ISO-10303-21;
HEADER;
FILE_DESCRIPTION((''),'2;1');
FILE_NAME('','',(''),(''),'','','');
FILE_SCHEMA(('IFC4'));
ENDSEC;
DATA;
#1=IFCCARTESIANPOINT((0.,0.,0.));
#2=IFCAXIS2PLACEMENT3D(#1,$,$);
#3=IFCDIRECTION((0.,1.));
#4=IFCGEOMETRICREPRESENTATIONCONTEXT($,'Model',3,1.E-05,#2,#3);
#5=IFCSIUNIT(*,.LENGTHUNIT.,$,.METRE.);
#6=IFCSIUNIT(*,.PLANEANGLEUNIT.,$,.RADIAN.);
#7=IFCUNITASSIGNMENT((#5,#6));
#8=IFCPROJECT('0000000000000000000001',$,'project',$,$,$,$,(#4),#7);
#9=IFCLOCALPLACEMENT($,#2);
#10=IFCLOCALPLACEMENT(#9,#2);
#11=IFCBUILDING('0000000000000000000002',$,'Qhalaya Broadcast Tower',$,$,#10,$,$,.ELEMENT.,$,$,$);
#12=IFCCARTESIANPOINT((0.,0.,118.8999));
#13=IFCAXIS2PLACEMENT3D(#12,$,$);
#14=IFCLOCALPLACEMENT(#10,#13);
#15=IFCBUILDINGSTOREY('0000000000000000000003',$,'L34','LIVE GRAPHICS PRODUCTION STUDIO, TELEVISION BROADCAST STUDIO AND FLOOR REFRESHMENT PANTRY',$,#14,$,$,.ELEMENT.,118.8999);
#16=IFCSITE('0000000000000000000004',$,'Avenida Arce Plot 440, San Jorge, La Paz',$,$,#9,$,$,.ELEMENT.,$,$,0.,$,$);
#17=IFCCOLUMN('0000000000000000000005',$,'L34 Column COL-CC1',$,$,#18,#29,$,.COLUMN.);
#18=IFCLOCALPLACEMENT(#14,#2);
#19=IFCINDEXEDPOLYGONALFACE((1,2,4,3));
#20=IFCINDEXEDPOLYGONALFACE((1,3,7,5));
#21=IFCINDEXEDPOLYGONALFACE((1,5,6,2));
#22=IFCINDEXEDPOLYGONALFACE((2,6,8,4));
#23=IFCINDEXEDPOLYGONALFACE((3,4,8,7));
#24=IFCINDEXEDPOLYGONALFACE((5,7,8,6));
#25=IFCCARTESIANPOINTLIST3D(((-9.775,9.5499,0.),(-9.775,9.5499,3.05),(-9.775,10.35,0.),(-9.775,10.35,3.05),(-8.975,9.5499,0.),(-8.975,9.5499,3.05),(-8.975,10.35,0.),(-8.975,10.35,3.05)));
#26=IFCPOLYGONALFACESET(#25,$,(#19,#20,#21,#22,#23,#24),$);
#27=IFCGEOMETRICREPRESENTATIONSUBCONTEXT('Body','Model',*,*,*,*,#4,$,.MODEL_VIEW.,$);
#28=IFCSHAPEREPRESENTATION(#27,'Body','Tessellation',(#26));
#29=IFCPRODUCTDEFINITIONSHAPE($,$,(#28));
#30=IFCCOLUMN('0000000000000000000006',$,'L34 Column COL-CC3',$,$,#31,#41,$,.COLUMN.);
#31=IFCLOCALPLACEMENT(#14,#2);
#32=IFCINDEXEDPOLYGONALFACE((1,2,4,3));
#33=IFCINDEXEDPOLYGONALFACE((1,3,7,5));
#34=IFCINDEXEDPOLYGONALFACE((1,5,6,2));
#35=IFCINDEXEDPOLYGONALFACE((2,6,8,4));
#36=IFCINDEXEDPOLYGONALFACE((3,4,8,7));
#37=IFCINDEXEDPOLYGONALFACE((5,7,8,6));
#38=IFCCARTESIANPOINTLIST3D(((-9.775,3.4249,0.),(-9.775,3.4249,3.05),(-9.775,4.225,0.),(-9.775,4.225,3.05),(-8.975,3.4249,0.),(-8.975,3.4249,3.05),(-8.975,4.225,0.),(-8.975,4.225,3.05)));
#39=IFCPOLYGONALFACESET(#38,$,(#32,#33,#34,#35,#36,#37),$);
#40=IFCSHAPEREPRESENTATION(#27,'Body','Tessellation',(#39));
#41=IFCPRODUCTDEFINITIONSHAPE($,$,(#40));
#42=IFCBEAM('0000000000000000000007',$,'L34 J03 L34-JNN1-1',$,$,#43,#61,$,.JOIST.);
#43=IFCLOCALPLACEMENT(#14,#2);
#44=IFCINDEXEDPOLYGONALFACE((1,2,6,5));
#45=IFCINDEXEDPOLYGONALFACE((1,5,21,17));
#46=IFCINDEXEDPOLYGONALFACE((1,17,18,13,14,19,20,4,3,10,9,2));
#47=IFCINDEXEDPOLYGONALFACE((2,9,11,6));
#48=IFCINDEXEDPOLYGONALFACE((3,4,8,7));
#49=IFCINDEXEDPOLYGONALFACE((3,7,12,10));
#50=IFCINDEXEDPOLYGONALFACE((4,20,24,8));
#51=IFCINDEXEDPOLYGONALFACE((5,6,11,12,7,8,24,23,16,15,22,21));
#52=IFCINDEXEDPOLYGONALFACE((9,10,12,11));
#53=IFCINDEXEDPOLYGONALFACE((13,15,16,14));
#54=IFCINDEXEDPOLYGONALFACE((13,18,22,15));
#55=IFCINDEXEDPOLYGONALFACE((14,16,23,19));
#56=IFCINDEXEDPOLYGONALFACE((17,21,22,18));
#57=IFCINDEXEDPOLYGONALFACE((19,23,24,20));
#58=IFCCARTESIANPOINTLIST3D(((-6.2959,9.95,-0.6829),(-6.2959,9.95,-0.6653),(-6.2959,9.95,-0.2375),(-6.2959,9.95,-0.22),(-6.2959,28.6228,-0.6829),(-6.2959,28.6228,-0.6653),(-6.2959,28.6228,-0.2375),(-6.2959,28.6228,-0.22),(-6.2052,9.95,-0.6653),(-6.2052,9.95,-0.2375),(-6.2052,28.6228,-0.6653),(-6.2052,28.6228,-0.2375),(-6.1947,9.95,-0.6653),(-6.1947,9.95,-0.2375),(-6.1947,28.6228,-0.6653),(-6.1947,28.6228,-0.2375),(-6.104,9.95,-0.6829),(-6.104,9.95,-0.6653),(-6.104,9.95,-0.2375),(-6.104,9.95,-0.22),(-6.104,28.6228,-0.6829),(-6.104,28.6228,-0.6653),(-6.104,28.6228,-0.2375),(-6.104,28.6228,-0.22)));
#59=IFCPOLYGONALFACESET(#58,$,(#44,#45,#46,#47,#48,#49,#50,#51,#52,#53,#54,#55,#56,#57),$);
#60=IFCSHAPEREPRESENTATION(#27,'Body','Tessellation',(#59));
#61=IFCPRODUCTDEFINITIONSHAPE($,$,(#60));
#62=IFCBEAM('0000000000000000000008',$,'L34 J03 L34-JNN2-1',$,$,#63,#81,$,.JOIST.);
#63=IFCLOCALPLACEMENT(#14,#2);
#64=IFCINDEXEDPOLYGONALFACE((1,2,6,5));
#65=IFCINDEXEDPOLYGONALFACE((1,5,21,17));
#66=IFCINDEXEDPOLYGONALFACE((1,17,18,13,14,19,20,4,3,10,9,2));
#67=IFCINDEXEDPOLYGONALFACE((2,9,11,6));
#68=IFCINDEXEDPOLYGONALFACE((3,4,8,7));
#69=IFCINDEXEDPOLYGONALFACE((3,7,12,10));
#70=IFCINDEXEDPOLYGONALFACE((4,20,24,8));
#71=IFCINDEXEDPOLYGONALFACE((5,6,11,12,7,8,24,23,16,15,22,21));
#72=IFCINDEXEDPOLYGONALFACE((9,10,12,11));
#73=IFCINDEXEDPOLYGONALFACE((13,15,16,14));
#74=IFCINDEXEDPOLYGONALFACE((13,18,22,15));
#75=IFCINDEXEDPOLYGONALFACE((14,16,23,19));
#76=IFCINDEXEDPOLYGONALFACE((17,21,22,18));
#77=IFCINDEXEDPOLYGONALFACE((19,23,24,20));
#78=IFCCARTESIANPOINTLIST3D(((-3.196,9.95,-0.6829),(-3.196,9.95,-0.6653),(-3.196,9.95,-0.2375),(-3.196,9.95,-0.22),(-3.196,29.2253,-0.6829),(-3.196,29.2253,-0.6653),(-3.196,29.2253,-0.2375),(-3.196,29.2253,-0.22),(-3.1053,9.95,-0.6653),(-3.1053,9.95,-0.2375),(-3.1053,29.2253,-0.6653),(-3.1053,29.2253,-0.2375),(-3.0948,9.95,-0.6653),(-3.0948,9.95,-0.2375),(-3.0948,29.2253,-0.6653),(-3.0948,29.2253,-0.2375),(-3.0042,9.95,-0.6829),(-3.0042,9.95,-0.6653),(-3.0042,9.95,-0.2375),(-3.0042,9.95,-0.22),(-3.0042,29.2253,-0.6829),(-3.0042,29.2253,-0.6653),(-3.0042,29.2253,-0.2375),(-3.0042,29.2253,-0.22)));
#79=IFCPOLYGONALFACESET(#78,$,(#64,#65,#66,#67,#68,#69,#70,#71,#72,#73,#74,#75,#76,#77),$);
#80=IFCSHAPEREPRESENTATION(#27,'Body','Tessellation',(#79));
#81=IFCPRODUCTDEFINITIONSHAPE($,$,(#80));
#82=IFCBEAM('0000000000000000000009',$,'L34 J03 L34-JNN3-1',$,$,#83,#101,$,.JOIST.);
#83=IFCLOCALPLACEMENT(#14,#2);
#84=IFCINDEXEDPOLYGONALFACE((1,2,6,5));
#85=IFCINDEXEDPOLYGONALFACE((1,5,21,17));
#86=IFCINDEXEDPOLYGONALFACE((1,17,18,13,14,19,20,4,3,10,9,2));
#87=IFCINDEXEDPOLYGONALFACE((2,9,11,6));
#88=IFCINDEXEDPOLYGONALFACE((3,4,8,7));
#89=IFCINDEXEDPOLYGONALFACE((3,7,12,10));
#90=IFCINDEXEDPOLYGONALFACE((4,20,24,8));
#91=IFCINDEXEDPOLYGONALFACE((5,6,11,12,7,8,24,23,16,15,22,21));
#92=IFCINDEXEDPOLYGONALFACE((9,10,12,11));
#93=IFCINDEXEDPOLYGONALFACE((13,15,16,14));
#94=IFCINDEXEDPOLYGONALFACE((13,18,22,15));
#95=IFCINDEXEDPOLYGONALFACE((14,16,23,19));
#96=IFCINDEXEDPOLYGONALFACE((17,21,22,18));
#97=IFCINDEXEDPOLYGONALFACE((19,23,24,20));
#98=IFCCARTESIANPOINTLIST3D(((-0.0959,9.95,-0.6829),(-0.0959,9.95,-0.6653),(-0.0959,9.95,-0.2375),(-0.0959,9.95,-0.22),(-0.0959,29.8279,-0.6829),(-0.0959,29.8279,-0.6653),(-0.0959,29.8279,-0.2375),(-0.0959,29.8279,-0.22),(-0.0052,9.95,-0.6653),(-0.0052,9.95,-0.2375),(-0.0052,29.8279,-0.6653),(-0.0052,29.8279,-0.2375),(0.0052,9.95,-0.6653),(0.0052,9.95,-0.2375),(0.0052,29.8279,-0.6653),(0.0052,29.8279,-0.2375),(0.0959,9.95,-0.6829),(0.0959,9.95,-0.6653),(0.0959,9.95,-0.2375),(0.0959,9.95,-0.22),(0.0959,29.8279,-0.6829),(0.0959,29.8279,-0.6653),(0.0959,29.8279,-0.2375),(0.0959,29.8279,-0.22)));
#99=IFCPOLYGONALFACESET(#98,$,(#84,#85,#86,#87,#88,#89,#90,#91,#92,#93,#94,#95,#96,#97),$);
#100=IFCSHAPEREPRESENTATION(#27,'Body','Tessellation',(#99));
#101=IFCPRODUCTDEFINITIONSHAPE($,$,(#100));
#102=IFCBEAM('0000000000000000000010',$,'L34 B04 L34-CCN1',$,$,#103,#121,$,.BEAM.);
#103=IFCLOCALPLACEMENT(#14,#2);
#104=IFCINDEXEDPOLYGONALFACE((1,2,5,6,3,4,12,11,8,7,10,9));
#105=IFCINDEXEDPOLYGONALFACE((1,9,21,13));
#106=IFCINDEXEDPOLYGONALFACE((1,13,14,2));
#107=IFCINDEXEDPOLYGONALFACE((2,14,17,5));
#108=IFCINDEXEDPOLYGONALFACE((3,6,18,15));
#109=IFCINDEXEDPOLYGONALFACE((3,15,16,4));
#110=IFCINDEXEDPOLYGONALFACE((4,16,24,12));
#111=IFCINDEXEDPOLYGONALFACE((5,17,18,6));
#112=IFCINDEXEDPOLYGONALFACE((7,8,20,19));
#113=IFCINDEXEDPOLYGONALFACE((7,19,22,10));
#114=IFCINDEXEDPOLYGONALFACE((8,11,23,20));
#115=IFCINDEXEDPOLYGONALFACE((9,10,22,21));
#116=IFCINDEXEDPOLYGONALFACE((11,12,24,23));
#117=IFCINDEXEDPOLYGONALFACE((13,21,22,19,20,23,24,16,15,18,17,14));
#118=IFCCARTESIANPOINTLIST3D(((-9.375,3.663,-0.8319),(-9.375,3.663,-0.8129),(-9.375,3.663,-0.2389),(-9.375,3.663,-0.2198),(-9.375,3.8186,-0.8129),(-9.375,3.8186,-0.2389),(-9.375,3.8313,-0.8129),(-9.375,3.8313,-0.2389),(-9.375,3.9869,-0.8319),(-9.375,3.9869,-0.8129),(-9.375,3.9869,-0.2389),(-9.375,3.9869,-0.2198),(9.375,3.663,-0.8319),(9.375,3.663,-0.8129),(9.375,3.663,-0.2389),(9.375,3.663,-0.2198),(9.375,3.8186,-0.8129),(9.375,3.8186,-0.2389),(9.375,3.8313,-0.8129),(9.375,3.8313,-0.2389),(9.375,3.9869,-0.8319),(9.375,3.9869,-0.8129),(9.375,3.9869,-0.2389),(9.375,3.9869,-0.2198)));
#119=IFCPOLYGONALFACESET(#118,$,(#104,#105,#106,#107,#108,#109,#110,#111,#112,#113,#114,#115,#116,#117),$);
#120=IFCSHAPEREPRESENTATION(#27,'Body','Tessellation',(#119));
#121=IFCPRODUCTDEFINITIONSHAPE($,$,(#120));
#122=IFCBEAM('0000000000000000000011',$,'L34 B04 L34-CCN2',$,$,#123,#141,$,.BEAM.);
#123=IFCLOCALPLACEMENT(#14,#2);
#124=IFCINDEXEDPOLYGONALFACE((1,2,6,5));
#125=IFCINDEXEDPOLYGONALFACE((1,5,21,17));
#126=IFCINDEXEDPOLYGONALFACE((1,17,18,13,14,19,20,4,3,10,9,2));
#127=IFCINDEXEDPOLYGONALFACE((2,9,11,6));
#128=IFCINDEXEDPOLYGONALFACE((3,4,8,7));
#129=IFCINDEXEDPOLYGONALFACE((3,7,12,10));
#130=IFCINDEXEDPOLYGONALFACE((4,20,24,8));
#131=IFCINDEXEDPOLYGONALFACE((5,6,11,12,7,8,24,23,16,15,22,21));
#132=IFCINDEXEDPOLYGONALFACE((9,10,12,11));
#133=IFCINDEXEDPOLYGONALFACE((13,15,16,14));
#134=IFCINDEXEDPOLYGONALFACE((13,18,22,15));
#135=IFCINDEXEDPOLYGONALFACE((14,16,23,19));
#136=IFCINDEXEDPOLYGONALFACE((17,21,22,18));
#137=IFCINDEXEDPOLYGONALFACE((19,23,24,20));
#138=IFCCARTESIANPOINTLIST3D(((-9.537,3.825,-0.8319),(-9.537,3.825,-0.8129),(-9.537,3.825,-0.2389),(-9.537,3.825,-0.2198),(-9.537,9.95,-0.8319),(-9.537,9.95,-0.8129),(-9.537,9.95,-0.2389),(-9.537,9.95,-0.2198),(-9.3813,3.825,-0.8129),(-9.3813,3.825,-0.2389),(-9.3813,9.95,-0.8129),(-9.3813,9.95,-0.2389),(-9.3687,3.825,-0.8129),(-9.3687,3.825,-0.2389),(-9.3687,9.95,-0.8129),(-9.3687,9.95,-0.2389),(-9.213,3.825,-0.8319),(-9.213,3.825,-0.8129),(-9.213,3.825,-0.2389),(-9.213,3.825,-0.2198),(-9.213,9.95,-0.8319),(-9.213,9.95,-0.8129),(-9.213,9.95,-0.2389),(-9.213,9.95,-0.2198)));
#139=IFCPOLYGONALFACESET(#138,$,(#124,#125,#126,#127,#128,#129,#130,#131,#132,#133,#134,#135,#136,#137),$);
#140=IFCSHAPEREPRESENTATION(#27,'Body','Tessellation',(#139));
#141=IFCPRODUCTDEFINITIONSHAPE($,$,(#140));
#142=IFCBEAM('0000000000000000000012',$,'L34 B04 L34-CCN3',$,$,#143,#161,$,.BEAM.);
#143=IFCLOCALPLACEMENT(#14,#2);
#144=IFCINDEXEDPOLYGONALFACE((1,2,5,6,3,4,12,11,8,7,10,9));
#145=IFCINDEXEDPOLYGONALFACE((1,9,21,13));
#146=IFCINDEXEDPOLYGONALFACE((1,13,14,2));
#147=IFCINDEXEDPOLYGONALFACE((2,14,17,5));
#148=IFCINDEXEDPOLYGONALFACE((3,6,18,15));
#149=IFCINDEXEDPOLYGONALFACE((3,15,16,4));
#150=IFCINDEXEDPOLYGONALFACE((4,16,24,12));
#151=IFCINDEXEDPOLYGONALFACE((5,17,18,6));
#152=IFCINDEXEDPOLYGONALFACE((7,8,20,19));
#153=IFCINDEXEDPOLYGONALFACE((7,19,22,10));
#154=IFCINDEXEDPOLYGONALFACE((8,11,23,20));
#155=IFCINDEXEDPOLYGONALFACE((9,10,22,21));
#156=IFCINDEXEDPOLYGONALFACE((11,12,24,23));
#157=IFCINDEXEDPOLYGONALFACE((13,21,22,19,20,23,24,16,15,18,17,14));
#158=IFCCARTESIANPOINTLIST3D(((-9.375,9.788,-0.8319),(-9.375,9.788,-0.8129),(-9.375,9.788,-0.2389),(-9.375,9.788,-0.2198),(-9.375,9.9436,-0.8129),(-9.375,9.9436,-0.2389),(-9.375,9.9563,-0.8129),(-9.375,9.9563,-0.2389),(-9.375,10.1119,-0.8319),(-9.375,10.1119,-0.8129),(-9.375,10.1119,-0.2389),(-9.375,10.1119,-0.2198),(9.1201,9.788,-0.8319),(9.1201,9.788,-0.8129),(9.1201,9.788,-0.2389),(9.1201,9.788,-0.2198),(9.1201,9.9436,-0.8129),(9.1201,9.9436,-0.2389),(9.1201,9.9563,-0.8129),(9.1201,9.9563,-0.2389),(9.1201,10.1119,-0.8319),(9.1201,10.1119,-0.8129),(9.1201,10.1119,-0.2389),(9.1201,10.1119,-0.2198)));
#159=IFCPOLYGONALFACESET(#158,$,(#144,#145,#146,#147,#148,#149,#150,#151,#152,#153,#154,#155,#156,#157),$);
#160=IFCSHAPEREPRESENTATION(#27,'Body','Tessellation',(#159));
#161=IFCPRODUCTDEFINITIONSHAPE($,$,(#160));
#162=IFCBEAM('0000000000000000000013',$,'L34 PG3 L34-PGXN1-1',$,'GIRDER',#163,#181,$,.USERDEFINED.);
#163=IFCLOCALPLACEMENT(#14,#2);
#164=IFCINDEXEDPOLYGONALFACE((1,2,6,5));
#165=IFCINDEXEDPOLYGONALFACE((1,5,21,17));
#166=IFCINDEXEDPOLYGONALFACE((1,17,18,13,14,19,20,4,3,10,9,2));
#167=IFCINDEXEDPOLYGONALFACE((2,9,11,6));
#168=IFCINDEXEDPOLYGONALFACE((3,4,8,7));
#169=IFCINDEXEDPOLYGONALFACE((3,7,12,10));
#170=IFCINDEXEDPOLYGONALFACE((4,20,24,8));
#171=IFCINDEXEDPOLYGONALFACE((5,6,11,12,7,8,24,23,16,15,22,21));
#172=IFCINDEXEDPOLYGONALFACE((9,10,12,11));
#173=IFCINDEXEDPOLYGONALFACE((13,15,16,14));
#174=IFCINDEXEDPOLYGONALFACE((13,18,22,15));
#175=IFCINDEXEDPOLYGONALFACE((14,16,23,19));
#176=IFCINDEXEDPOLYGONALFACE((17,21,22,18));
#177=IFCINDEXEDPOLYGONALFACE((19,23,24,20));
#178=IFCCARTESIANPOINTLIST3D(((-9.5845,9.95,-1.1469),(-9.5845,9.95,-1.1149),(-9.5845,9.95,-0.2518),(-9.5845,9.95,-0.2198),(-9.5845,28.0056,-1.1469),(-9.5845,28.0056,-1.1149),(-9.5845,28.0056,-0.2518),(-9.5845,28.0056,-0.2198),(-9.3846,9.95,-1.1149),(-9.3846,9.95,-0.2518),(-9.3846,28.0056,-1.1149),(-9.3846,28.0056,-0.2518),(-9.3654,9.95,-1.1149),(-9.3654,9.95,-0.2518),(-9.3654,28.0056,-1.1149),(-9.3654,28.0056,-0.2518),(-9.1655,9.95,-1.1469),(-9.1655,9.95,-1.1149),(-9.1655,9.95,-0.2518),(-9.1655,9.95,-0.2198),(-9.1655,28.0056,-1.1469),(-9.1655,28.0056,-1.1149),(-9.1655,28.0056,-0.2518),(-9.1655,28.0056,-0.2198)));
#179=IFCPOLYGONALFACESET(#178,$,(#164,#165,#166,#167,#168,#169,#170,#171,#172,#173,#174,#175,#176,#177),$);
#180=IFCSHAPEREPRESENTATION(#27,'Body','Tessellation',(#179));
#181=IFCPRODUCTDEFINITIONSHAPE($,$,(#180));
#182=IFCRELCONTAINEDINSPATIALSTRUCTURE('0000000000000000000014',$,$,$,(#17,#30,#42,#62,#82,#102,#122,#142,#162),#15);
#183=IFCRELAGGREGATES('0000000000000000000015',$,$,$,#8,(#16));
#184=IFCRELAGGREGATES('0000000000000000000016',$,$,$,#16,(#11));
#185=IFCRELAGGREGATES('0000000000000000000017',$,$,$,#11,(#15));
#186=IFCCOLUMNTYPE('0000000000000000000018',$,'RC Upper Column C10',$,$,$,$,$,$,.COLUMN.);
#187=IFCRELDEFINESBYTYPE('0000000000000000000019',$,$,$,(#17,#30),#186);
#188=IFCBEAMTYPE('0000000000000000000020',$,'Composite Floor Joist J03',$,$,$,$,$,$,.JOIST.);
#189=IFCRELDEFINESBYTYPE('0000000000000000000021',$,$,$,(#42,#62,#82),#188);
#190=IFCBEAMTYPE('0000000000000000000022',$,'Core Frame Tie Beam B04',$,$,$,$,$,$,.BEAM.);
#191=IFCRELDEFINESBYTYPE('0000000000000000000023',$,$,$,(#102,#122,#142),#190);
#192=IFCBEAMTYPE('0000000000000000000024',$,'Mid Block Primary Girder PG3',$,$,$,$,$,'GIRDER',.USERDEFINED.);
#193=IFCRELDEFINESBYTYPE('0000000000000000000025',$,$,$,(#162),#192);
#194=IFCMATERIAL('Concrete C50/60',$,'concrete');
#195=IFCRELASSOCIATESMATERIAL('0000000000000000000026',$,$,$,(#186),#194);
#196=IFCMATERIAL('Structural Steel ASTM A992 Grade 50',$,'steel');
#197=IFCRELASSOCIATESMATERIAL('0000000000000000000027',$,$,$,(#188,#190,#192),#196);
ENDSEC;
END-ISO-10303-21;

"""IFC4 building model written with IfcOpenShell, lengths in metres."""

from ifc_helpers import new_model, si_unit, direction, frame, origin, origin_2d, place, context, subcontext, project, spatial, rectangle, i_section, extrude, material, material_profile, profile_set, type_object, element, save


model = new_model("IFC4")

# Units and contexts
model_context = context("Model", 3, precision=1e-05, world=origin(), true_north=direction((0.0, 1.0)))
body_context = subcontext(model_context, "Body", "Model", "MODEL_VIEW")
ifc_project = project(units=[si_unit("LENGTHUNIT", "METRE"), si_unit("PLANEANGLEUNIT", "RADIAN")], contexts=[model_context])

# Site, building, storey
site_placement = place(None, origin())
site = spatial("IfcSite", under=ifc_project, at=site_placement, Name="Avenida Arce Plot 440, San Jorge, La Paz", CompositionType="ELEMENT", RefElevation=0.0)
building_placement = place(site_placement, origin())
building = spatial("IfcBuilding", under=site, at=building_placement, Name="Qhalaya Broadcast Tower", CompositionType="ELEMENT")
storey_placement = place(building_placement, frame((0.0, 0.0, 118.8999)))
storey = spatial("IfcBuildingStorey", under=building, at=storey_placement, Name="L34", Description="LIVE GRAPHICS PRODUCTION STUDIO, TELEVISION BROADCAST STUDIO AND FLOOR REFRESHMENT PANTRY", CompositionType="ELEMENT", Elevation=118.8999)

# Columns
ifc_material_1 = material(Name="Concrete C50/60", Category="concrete")
ifc_material_profile_1 = material_profile(ifc_material_1, rectangle(XDim=0.8, YDim=0.8, at=origin_2d()), Name="RC-COL 800x800")
ifc_profile_set_1 = profile_set([ifc_material_profile_1], Name="Concrete C50/60")
column_type = type_object("IfcColumnType", Name="RC Upper Column C10", PredefinedType="COLUMN", material=ifc_profile_set_1)
for number, where, z_axis, x_axis, name in (
    (1, (-9.375, 9.95, 0.0), (0.0, 0.0, 1.0), (1.0, 0.0, 0.0), "L34 Column COL-CC1"),
    (2, (-9.375, 3.825, 0.0), (0.0, 0.0, 1.0), (1.0, 0.0, 0.0), "L34 Column COL-CC3"),
):
    element("IfcColumn", number, at=place(storey_placement, frame(where, z_axis=z_axis, x_axis=x_axis)), inside=storey, type_object=column_type, Name=name, PredefinedType="COLUMN", context=body_context, shape_type="SweptSolid", body=[
        extrude(rectangle(XDim=0.8, YDim=0.8, at=origin_2d()), origin(), (0.0, 0.0, 1.0), 3.05),
    ])

# Beams
ifc_material_2 = material(Name="Structural Steel ASTM A992 Grade 50", Category="steel")
ifc_material_profile_2 = material_profile(ifc_material_2, i_section(OverallWidth=0.1919, OverallDepth=0.4629, WebThickness=0.0105, FlangeThickness=0.0176, at=origin_2d()), Name="W18X60")
ifc_profile_set_2 = profile_set([ifc_material_profile_2], Name="Structural Steel ASTM A992 Grade 50")
beam_type_1 = type_object("IfcBeamType", Name="Composite Floor Joist J03", PredefinedType="JOIST", material=ifc_profile_set_2)
beam_1_placement = place(storey_placement, frame((-6.2, 9.95, -0.4514), z_axis=(0.0, 1.0, 0.0), x_axis=(-1.0, 0.0, 0.0)))
element("IfcBeam", 3, at=beam_1_placement, inside=storey, type_object=beam_type_1, Name="L34 J03 L34-JNN1-1", PredefinedType="JOIST", context=body_context, shape_type="SweptSolid", body=[
    extrude(i_section(OverallWidth=0.1919, OverallDepth=0.4629, WebThickness=0.0105, FlangeThickness=0.0176, at=origin_2d()), origin(), (0.0, 0.0, 1.0), 18.6729),
])
beam_2_placement = place(storey_placement, frame((-3.1001, 9.95, -0.4514), z_axis=(0.0, 1.0, 0.0), x_axis=(-1.0, 0.0, 0.0)))
element("IfcBeam", 4, at=beam_2_placement, inside=storey, type_object=beam_type_1, Name="L34 J03 L34-JNN2-1", PredefinedType="JOIST", context=body_context, shape_type="SweptSolid", body=[
    extrude(i_section(OverallWidth=0.1919, OverallDepth=0.4629, WebThickness=0.0105, FlangeThickness=0.0176, at=origin_2d()), origin(), (0.0, 0.0, 1.0), 19.2754),
])
beam_3_placement = place(storey_placement, frame((0.0, 9.95, -0.4514), z_axis=(0.0, 1.0, 0.0), x_axis=(-1.0, 0.0, 0.0)))
element("IfcBeam", 5, at=beam_3_placement, inside=storey, type_object=beam_type_1, Name="L34 J03 L34-JNN3-1", PredefinedType="JOIST", context=body_context, shape_type="SweptSolid", body=[
    extrude(i_section(OverallWidth=0.1919, OverallDepth=0.4629, WebThickness=0.0105, FlangeThickness=0.0176, at=origin_2d()), origin(), (0.0, 0.0, 1.0), 19.8779),
])
ifc_material_profile_3 = material_profile(ifc_material_2, i_section(OverallWidth=0.324, OverallDepth=0.6121, WebThickness=0.0127, FlangeThickness=0.019, at=origin_2d()), Name="W24X104")
ifc_profile_set_3 = profile_set([ifc_material_profile_3], Name="Structural Steel ASTM A992 Grade 50")
beam_type_2 = type_object("IfcBeamType", Name="Core Frame Tie Beam B04", PredefinedType="BEAM", material=ifc_profile_set_3)
beam_4_placement = place(storey_placement, frame((-9.375, 3.825, -0.5259), z_axis=(1.0, 0.0, 0.0), x_axis=(0.0, 1.0, 0.0)))
element("IfcBeam", 6, at=beam_4_placement, inside=storey, type_object=beam_type_2, Name="L34 B04 L34-CCN1", PredefinedType="BEAM", context=body_context, shape_type="SweptSolid", body=[
    extrude(i_section(OverallWidth=0.324, OverallDepth=0.6121, WebThickness=0.0127, FlangeThickness=0.019, at=origin_2d()), origin(), (0.0, 0.0, 1.0), 18.75),
])
beam_5_placement = place(storey_placement, frame((-9.375, 3.825, -0.5259), z_axis=(0.0, 1.0, 0.0), x_axis=(-1.0, 0.0, 0.0)))
element("IfcBeam", 7, at=beam_5_placement, inside=storey, type_object=beam_type_2, Name="L34 B04 L34-CCN2", PredefinedType="BEAM", context=body_context, shape_type="SweptSolid", body=[
    extrude(i_section(OverallWidth=0.324, OverallDepth=0.6121, WebThickness=0.0127, FlangeThickness=0.019, at=origin_2d()), origin(), (0.0, 0.0, 1.0), 6.125),
])
beam_6_placement = place(storey_placement, frame((-9.375, 9.95, -0.5259), z_axis=(1.0, 0.0, 0.0), x_axis=(0.0, 1.0, 0.0)))
element("IfcBeam", 8, at=beam_6_placement, inside=storey, type_object=beam_type_2, Name="L34 B04 L34-CCN3", PredefinedType="BEAM", context=body_context, shape_type="SweptSolid", body=[
    extrude(i_section(OverallWidth=0.324, OverallDepth=0.6121, WebThickness=0.0127, FlangeThickness=0.019, at=origin_2d()), origin(), (0.0, 0.0, 1.0), 18.4951),
])
ifc_material_profile_4 = material_profile(ifc_material_2, i_section(OverallWidth=0.4189, OverallDepth=0.927, WebThickness=0.0193, FlangeThickness=0.032, at=origin_2d()), Name="W36X231")
ifc_profile_set_4 = profile_set([ifc_material_profile_4], Name="Structural Steel ASTM A992 Grade 50")
beam_type_3 = type_object("IfcBeamType", Name="Mid Block Primary Girder PG3", ElementType="GIRDER", PredefinedType="USERDEFINED", material=ifc_profile_set_4)
beam_7_placement = place(storey_placement, frame((-9.375, 9.95, -0.6833), z_axis=(0.0, 1.0, 0.0), x_axis=(-1.0, 0.0, 0.0)))
element("IfcBeam", 9, at=beam_7_placement, inside=storey, type_object=beam_type_3, Name="L34 PG3 L34-PGXN1-1", ObjectType="GIRDER", PredefinedType="USERDEFINED", context=body_context, shape_type="SweptSolid", body=[
    extrude(i_section(OverallWidth=0.4189, OverallDepth=0.927, WebThickness=0.0193, FlangeThickness=0.032, at=origin_2d()), origin(), (0.0, 0.0, 1.0), 18.0557),
])

save(model, "model.ifc")
